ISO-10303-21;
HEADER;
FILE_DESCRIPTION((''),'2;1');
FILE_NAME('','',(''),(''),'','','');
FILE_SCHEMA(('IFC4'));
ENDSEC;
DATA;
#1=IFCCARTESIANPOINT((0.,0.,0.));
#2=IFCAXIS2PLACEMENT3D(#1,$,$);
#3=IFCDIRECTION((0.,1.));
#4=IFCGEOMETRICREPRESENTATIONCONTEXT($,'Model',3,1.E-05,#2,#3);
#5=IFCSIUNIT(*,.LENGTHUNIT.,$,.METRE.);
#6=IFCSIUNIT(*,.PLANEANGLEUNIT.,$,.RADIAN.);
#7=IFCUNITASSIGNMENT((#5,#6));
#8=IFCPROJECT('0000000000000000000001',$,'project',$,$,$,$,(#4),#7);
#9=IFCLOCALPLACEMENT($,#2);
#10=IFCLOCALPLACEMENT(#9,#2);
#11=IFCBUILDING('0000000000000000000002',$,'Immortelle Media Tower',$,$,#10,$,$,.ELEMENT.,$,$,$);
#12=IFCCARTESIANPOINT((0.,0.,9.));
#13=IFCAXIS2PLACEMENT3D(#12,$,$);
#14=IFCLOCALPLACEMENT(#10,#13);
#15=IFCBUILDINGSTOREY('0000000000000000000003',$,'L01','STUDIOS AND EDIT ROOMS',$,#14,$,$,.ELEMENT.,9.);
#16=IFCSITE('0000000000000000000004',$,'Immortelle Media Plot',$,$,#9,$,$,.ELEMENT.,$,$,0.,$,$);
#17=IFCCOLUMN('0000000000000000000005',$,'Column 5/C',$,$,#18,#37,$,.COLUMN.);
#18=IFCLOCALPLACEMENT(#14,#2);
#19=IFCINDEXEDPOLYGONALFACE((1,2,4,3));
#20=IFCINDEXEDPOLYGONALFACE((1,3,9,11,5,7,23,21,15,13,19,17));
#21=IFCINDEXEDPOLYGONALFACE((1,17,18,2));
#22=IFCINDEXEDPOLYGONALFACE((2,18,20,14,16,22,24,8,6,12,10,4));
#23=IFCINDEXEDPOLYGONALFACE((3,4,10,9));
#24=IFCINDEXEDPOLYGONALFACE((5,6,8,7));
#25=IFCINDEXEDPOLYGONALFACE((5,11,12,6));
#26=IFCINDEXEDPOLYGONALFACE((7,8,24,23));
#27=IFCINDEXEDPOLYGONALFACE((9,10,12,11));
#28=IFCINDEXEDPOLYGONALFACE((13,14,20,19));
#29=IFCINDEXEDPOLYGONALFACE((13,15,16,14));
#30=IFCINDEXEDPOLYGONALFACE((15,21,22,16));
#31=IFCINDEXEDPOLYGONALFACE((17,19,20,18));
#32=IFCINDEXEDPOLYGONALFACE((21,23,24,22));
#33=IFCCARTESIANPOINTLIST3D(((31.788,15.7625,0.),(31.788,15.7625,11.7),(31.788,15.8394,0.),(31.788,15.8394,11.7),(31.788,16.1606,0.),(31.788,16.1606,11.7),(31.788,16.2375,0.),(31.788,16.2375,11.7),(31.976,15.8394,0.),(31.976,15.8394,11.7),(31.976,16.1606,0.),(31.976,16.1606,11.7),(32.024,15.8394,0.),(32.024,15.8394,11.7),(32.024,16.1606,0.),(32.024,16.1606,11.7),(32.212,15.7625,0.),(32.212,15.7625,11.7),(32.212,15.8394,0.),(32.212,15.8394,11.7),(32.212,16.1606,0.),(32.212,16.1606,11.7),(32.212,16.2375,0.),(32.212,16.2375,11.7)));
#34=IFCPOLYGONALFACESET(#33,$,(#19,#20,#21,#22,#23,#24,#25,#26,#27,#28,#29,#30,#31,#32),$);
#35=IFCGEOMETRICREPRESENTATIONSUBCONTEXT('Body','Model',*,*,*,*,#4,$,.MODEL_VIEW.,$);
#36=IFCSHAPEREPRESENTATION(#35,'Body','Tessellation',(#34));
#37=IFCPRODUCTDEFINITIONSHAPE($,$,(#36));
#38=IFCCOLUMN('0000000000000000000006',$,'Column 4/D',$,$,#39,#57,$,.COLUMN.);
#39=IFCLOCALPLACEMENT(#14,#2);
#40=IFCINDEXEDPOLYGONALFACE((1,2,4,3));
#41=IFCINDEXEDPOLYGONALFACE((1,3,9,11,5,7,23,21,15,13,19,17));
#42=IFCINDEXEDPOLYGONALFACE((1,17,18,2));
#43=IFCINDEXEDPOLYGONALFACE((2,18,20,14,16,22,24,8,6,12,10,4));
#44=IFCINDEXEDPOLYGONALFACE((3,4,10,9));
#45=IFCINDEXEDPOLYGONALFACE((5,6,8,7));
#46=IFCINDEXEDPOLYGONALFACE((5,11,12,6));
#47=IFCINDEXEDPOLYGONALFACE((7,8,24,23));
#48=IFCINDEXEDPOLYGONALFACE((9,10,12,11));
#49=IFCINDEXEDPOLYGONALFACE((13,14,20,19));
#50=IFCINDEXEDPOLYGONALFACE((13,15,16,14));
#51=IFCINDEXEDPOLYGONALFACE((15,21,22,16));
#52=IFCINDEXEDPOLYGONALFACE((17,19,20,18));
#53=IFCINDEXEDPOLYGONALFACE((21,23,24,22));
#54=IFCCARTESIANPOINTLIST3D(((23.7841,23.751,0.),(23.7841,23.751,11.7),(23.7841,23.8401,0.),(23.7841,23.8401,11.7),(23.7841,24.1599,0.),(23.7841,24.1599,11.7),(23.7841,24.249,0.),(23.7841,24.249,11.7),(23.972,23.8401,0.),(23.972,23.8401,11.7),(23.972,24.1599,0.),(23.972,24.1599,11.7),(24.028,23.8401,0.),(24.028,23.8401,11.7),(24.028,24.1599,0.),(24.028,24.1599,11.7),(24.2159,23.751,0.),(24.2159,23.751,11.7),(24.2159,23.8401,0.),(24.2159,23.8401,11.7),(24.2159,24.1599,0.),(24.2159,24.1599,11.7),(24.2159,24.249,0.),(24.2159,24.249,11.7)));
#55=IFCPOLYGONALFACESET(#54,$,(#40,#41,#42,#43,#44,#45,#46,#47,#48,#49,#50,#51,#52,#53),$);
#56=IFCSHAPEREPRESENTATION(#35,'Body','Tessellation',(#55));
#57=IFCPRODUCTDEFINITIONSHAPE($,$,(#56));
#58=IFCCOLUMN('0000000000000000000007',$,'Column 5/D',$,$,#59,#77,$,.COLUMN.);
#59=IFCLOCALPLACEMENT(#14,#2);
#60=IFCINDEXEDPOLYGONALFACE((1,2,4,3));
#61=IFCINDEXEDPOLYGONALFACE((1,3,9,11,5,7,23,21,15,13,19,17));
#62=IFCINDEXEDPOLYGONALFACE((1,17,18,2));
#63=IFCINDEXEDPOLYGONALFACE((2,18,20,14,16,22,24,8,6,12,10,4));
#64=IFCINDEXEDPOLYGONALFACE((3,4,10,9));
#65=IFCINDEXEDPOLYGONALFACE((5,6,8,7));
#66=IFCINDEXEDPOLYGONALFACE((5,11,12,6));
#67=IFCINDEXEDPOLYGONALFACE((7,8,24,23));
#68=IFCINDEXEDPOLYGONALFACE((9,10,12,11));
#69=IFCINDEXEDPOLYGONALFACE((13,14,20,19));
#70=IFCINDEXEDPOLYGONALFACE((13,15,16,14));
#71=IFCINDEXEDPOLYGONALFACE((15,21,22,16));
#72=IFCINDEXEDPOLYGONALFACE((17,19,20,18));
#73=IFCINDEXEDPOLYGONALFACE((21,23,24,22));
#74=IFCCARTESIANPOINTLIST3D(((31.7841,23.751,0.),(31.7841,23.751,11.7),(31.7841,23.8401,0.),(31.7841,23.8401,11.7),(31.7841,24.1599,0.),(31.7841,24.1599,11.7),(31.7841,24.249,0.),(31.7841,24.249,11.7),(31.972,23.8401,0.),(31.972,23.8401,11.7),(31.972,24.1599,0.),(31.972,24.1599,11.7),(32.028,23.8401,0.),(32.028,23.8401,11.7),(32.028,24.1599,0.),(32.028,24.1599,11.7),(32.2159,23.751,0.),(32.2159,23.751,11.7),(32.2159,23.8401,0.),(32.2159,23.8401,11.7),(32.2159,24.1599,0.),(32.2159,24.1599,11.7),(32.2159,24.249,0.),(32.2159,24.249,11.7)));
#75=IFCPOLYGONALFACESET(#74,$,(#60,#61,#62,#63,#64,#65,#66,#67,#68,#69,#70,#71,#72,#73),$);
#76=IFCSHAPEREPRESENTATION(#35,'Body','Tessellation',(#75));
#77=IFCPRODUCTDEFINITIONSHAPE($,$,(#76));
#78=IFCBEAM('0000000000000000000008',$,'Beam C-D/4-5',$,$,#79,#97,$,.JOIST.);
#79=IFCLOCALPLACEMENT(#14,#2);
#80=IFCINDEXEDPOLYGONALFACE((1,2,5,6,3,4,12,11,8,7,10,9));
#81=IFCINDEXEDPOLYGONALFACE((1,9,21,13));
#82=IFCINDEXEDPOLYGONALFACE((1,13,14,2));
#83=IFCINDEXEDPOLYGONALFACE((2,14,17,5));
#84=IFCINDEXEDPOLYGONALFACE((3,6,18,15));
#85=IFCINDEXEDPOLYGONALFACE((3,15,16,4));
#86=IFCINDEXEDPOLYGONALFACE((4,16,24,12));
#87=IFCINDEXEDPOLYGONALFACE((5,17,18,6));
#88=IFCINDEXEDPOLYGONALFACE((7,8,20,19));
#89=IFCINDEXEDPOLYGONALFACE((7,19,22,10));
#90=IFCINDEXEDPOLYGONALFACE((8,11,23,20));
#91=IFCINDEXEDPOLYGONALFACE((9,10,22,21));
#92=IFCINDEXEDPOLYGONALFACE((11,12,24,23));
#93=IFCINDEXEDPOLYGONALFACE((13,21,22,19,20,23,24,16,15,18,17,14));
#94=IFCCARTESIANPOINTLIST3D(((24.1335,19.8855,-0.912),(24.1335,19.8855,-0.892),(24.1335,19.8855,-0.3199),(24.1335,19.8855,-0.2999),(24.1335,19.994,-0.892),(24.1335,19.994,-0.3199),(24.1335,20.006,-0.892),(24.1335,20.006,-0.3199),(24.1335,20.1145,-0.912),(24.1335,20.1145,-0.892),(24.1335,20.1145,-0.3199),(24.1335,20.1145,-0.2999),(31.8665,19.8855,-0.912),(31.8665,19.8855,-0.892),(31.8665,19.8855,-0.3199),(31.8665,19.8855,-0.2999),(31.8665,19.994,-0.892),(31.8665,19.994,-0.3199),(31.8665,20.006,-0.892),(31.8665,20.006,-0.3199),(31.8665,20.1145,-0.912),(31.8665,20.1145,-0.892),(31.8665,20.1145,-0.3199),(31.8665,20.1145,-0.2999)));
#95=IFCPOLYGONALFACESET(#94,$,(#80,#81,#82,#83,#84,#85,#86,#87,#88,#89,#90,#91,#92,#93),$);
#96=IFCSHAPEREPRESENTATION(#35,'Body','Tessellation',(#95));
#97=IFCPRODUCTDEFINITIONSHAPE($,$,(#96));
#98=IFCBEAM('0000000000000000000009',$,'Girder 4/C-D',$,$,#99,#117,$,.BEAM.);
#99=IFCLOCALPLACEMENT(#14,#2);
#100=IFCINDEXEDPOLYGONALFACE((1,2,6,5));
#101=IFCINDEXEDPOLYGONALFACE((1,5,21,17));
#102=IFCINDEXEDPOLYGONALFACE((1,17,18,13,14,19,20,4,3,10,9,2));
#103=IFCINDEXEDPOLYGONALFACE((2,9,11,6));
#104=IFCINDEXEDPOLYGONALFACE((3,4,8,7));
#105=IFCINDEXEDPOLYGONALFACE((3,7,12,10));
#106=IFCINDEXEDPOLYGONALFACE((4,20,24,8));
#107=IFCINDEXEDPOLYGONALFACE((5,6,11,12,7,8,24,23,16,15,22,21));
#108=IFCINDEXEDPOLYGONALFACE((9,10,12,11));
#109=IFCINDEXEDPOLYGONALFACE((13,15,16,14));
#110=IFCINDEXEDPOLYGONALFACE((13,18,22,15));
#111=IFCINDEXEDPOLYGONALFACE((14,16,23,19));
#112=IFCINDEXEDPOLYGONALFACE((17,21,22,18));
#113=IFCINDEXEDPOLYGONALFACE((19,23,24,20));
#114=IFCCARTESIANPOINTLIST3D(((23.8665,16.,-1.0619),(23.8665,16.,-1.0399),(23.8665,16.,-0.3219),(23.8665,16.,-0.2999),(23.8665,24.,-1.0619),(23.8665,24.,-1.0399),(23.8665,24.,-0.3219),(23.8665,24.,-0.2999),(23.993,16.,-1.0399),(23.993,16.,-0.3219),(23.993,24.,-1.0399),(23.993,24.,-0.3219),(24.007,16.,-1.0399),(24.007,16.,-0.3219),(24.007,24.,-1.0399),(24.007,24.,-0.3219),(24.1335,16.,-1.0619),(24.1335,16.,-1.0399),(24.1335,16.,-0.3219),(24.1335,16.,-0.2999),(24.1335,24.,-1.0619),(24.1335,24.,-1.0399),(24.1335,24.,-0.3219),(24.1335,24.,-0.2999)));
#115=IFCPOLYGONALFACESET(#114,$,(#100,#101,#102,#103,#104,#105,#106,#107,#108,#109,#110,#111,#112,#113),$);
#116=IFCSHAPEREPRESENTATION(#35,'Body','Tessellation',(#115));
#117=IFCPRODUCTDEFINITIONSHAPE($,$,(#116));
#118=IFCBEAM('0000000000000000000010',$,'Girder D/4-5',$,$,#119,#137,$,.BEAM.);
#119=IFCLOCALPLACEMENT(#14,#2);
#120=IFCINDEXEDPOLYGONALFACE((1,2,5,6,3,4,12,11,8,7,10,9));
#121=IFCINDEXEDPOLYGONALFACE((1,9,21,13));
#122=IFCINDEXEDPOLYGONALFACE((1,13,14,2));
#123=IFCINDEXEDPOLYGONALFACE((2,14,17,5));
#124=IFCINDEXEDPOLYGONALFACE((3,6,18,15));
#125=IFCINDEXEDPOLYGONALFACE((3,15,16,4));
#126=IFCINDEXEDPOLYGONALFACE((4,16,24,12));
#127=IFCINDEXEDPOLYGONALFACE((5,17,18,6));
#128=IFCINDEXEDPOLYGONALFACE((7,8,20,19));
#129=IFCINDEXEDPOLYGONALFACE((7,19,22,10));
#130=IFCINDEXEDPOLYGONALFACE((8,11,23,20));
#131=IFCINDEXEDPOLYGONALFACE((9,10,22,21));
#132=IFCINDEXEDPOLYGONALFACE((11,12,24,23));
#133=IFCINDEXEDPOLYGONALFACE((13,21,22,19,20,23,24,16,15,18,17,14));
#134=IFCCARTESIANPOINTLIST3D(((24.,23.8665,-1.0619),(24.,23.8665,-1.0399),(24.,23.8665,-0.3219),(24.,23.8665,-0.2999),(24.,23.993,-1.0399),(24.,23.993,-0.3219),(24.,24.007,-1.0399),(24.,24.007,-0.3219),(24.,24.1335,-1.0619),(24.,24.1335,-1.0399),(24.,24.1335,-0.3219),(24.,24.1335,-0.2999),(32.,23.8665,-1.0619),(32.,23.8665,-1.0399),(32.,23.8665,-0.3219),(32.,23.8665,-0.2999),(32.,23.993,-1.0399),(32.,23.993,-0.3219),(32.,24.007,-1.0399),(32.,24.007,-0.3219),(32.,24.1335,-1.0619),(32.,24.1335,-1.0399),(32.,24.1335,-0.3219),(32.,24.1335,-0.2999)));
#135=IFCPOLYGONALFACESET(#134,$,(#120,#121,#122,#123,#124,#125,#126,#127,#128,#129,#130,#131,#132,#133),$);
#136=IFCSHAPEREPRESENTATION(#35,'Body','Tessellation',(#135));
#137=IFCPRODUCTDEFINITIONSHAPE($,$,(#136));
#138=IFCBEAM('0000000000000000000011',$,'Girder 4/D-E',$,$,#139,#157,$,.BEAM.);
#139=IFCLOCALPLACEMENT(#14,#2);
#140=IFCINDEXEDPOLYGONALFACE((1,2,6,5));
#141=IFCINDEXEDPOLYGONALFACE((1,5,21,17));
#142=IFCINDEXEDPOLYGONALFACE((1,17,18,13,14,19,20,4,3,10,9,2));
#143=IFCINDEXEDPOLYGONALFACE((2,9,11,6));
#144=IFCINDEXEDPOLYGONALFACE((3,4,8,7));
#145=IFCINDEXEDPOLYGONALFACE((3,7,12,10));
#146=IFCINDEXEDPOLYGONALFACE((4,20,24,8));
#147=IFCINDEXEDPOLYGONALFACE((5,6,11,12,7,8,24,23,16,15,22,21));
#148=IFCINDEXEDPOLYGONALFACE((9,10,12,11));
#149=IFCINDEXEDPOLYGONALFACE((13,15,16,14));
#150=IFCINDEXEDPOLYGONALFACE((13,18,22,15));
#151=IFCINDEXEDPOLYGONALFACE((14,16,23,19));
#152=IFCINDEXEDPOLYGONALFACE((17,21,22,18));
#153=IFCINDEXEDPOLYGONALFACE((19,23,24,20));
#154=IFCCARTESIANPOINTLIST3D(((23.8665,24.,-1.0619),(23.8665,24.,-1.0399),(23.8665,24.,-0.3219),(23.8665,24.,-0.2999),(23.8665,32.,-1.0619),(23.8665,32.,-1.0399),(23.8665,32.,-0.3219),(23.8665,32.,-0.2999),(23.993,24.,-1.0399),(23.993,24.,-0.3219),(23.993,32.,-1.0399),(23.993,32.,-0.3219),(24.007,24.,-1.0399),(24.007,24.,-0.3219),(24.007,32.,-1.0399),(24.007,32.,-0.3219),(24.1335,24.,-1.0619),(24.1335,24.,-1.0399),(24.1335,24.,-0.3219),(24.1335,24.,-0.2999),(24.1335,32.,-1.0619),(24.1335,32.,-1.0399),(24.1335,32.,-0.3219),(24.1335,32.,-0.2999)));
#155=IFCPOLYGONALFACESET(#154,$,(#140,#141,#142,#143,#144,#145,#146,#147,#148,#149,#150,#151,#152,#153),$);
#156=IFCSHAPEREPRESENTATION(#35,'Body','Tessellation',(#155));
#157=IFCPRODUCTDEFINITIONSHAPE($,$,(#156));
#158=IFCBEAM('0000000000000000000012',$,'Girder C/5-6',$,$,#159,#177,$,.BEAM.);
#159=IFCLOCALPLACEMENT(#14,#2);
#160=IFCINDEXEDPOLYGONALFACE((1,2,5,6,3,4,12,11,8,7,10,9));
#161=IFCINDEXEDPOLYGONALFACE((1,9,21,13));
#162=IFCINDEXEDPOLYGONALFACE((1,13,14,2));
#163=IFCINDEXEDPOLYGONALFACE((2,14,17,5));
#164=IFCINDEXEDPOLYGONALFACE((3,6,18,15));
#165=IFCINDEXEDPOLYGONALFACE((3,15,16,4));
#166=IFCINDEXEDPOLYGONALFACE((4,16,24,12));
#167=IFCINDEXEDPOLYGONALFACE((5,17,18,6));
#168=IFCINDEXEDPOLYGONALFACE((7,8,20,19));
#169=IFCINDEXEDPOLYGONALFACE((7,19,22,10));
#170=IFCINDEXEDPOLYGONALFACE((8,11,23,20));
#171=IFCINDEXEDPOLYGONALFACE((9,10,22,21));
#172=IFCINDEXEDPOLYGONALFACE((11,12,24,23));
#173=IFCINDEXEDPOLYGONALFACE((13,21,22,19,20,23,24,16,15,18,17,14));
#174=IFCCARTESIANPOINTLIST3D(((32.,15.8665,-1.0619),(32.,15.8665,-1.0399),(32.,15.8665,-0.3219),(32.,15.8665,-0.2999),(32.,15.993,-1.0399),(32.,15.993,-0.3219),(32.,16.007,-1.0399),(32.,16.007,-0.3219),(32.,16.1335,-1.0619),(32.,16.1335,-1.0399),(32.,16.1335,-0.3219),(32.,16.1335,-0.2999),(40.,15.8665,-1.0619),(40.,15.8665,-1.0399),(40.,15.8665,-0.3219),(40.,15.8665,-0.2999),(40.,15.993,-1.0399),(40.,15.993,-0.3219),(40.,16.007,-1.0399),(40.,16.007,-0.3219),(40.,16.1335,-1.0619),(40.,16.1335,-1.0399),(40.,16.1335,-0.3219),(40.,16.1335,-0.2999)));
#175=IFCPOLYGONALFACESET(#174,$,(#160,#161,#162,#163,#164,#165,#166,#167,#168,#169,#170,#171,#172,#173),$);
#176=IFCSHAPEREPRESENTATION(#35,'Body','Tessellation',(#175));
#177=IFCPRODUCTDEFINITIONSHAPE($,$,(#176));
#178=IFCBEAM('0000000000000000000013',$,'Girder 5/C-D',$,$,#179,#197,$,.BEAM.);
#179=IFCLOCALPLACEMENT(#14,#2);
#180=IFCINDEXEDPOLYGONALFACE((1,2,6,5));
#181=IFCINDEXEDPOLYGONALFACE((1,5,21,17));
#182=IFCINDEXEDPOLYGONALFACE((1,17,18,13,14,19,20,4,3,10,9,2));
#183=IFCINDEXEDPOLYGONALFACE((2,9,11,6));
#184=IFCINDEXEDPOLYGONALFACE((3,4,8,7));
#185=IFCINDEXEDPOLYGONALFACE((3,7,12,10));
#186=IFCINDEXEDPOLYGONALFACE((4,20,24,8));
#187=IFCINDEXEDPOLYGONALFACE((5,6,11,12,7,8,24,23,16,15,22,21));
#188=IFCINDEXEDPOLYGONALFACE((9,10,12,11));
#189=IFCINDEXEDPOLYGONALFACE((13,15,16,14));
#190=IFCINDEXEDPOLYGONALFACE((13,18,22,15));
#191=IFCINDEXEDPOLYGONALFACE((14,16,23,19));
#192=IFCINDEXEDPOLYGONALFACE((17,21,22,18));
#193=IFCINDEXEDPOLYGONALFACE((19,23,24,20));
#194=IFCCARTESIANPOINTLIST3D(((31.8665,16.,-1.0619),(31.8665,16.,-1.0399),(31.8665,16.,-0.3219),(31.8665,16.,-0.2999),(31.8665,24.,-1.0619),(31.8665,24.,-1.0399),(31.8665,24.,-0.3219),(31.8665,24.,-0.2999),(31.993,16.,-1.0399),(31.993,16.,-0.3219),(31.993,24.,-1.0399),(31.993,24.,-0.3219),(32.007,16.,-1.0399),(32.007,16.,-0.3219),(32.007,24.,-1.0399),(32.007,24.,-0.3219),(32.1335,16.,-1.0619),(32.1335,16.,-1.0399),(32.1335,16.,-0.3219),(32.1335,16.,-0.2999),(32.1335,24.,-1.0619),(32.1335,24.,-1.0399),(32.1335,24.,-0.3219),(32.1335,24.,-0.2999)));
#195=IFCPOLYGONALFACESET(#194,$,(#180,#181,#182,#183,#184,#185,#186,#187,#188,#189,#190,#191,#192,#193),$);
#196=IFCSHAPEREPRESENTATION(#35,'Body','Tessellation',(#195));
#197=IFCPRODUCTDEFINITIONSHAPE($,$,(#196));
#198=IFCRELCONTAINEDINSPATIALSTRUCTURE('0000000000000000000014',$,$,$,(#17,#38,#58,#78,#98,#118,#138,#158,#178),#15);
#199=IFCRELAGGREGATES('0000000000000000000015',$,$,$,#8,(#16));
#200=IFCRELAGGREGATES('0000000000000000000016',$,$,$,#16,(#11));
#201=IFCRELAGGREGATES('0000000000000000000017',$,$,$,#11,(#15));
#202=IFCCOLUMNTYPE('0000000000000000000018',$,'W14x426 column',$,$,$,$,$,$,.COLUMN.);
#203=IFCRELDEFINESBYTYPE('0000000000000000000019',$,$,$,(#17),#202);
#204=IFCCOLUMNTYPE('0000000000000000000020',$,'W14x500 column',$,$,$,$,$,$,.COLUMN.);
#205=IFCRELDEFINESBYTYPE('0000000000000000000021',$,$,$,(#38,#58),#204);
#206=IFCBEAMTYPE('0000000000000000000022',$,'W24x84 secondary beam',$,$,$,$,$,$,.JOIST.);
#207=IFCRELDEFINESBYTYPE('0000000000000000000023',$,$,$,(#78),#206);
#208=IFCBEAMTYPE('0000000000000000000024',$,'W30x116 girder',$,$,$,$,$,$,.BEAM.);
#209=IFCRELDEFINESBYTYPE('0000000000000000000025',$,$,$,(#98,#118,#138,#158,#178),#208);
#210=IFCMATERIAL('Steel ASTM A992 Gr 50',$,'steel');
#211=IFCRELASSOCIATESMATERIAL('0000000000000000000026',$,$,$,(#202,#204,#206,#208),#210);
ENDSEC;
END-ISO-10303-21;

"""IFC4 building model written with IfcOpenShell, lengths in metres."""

from ifc_helpers import new_model, si_unit, direction, frame, origin, origin_2d, place, context, subcontext, project, spatial, i_section, extrude, material, material_profile, profile_set, type_object, element, save


model = new_model("IFC4")

# Units and contexts
model_context = context("Model", 3, precision=1e-05, world=origin(), true_north=direction((0.0, 1.0)))
body_context = subcontext(model_context, "Body", "Model", "MODEL_VIEW")
ifc_project = project(units=[si_unit("LENGTHUNIT", "METRE"), si_unit("PLANEANGLEUNIT", "RADIAN")], contexts=[model_context])

# Site, building, storey
site_placement = place(None, origin())
site = spatial("IfcSite", under=ifc_project, at=site_placement, Name="Immortelle Media Plot", CompositionType="ELEMENT", RefElevation=0.0)
building_placement = place(site_placement, origin())
building = spatial("IfcBuilding", under=site, at=building_placement, Name="Immortelle Media Tower", CompositionType="ELEMENT")
storey_placement = place(building_placement, frame((0.0, 0.0, 9.0)))
storey = spatial("IfcBuildingStorey", under=building, at=storey_placement, Name="L01", Description="STUDIOS AND EDIT ROOMS", CompositionType="ELEMENT", Elevation=9.0)

# Columns
ifc_material_1 = material(Name="Steel ASTM A992 Gr 50", Category="steel")
ifc_material_profile_1 = material_profile(ifc_material_1, i_section(OverallWidth=0.4241, OverallDepth=0.4751, WebThickness=0.0481, FlangeThickness=0.0769, at=origin_2d()), Name="W14x426")
ifc_profile_set_1 = profile_set([ifc_material_profile_1], Name="Steel ASTM A992 Gr 50")
column_type_1 = type_object("IfcColumnType", Name="W14x426 column", PredefinedType="COLUMN", material=ifc_profile_set_1)
column_placement = place(storey_placement, frame((32.0, 16.0, 0.0), z_axis=(0.0, 0.0, 1.0), x_axis=(1.0, 0.0, 0.0)))
element("IfcColumn", 1, at=column_placement, inside=storey, type_object=column_type_1, Name="Column 5/C", PredefinedType="COLUMN", context=body_context, shape_type="SweptSolid", body=[
    extrude(i_section(OverallWidth=0.4241, OverallDepth=0.4751, WebThickness=0.0481, FlangeThickness=0.0769, at=origin_2d()), origin(), (0.0, 0.0, 1.0), 11.7),
])
ifc_material_profile_2 = material_profile(ifc_material_1, i_section(OverallWidth=0.4319, OverallDepth=0.498, WebThickness=0.0559, FlangeThickness=0.0891, at=origin_2d()), Name="W14x500")
ifc_profile_set_2 = profile_set([ifc_material_profile_2], Name="Steel ASTM A992 Gr 50")
column_type_2 = type_object("IfcColumnType", Name="W14x500 column", PredefinedType="COLUMN", material=ifc_profile_set_2)
for number, where, z_axis, x_axis, name in (
    (2, (24.0, 24.0, 0.0), (0.0, 0.0, 1.0), (1.0, 0.0, 0.0), "Column 4/D"),
    (3, (32.0, 24.0, 0.0), (0.0, 0.0, 1.0), (1.0, 0.0, 0.0), "Column 5/D"),
):
    element("IfcColumn", number, at=place(storey_placement, frame(where, z_axis=z_axis, x_axis=x_axis)), inside=storey, type_object=column_type_2, Name=name, PredefinedType="COLUMN", context=body_context, shape_type="SweptSolid", body=[
        extrude(i_section(OverallWidth=0.4319, OverallDepth=0.498, WebThickness=0.0559, FlangeThickness=0.0891, at=origin_2d()), origin(), (0.0, 0.0, 1.0), 11.7),
    ])

# Beams
ifc_material_profile_3 = material_profile(ifc_material_1, i_section(OverallWidth=0.229, OverallDepth=0.6121, WebThickness=0.012, FlangeThickness=0.02, at=origin_2d()), Name="W24x84")
ifc_profile_set_3 = profile_set([ifc_material_profile_3], Name="Steel ASTM A992 Gr 50")
beam_type_1 = type_object("IfcBeamType", Name="W24x84 secondary beam", PredefinedType="JOIST", material=ifc_profile_set_3)
beam_placement = place(storey_placement, frame((24.1335, 20.0, -0.606), z_axis=(1.0, 0.0, 0.0), x_axis=(0.0, 1.0, 0.0)))
element("IfcBeam", 4, at=beam_placement, inside=storey, type_object=beam_type_1, Name="Beam C-D/4-5", PredefinedType="JOIST", context=body_context, shape_type="SweptSolid", body=[
    extrude(i_section(OverallWidth=0.229, OverallDepth=0.6121, WebThickness=0.012, FlangeThickness=0.02, at=origin_2d()), origin(), (0.0, 0.0, 1.0), 7.7329),
])
ifc_material_profile_4 = material_profile(ifc_material_1, i_section(OverallWidth=0.2671, OverallDepth=0.762, WebThickness=0.0139, FlangeThickness=0.022, at=origin_2d()), Name="W30x116")
ifc_profile_set_4 = profile_set([ifc_material_profile_4], Name="Steel ASTM A992 Gr 50")
beam_type_2 = type_object("IfcBeamType", Name="W30x116 girder", PredefinedType="BEAM", material=ifc_profile_set_4)
for number, where, z_axis, x_axis, name in (
    (5, (24.0, 16.0, -0.6809), (0.0, 1.0, 0.0), (-1.0, 0.0, 0.0), "Girder 4/C-D"),
    (6, (24.0, 24.0, -0.6809), (1.0, 0.0, 0.0), (0.0, 1.0, 0.0), "Girder D/4-5"),
    (7, (24.0, 24.0, -0.6809), (0.0, 1.0, 0.0), (-1.0, 0.0, 0.0), "Girder 4/D-E"),
    (8, (32.0, 16.0, -0.6809), (1.0, 0.0, 0.0), (0.0, 1.0, 0.0), "Girder C/5-6"),
    (9, (32.0, 16.0, -0.6809), (0.0, 1.0, 0.0), (-1.0, 0.0, 0.0), "Girder 5/C-D"),
):
    element("IfcBeam", number, at=place(storey_placement, frame(where, z_axis=z_axis, x_axis=x_axis)), inside=storey, type_object=beam_type_2, Name=name, PredefinedType="BEAM", context=body_context, shape_type="SweptSolid", body=[
        extrude(i_section(OverallWidth=0.2671, OverallDepth=0.762, WebThickness=0.0139, FlangeThickness=0.022, at=origin_2d()), origin(), (0.0, 0.0, 1.0), 8.0),
    ])

save(model, "model.ifc")
